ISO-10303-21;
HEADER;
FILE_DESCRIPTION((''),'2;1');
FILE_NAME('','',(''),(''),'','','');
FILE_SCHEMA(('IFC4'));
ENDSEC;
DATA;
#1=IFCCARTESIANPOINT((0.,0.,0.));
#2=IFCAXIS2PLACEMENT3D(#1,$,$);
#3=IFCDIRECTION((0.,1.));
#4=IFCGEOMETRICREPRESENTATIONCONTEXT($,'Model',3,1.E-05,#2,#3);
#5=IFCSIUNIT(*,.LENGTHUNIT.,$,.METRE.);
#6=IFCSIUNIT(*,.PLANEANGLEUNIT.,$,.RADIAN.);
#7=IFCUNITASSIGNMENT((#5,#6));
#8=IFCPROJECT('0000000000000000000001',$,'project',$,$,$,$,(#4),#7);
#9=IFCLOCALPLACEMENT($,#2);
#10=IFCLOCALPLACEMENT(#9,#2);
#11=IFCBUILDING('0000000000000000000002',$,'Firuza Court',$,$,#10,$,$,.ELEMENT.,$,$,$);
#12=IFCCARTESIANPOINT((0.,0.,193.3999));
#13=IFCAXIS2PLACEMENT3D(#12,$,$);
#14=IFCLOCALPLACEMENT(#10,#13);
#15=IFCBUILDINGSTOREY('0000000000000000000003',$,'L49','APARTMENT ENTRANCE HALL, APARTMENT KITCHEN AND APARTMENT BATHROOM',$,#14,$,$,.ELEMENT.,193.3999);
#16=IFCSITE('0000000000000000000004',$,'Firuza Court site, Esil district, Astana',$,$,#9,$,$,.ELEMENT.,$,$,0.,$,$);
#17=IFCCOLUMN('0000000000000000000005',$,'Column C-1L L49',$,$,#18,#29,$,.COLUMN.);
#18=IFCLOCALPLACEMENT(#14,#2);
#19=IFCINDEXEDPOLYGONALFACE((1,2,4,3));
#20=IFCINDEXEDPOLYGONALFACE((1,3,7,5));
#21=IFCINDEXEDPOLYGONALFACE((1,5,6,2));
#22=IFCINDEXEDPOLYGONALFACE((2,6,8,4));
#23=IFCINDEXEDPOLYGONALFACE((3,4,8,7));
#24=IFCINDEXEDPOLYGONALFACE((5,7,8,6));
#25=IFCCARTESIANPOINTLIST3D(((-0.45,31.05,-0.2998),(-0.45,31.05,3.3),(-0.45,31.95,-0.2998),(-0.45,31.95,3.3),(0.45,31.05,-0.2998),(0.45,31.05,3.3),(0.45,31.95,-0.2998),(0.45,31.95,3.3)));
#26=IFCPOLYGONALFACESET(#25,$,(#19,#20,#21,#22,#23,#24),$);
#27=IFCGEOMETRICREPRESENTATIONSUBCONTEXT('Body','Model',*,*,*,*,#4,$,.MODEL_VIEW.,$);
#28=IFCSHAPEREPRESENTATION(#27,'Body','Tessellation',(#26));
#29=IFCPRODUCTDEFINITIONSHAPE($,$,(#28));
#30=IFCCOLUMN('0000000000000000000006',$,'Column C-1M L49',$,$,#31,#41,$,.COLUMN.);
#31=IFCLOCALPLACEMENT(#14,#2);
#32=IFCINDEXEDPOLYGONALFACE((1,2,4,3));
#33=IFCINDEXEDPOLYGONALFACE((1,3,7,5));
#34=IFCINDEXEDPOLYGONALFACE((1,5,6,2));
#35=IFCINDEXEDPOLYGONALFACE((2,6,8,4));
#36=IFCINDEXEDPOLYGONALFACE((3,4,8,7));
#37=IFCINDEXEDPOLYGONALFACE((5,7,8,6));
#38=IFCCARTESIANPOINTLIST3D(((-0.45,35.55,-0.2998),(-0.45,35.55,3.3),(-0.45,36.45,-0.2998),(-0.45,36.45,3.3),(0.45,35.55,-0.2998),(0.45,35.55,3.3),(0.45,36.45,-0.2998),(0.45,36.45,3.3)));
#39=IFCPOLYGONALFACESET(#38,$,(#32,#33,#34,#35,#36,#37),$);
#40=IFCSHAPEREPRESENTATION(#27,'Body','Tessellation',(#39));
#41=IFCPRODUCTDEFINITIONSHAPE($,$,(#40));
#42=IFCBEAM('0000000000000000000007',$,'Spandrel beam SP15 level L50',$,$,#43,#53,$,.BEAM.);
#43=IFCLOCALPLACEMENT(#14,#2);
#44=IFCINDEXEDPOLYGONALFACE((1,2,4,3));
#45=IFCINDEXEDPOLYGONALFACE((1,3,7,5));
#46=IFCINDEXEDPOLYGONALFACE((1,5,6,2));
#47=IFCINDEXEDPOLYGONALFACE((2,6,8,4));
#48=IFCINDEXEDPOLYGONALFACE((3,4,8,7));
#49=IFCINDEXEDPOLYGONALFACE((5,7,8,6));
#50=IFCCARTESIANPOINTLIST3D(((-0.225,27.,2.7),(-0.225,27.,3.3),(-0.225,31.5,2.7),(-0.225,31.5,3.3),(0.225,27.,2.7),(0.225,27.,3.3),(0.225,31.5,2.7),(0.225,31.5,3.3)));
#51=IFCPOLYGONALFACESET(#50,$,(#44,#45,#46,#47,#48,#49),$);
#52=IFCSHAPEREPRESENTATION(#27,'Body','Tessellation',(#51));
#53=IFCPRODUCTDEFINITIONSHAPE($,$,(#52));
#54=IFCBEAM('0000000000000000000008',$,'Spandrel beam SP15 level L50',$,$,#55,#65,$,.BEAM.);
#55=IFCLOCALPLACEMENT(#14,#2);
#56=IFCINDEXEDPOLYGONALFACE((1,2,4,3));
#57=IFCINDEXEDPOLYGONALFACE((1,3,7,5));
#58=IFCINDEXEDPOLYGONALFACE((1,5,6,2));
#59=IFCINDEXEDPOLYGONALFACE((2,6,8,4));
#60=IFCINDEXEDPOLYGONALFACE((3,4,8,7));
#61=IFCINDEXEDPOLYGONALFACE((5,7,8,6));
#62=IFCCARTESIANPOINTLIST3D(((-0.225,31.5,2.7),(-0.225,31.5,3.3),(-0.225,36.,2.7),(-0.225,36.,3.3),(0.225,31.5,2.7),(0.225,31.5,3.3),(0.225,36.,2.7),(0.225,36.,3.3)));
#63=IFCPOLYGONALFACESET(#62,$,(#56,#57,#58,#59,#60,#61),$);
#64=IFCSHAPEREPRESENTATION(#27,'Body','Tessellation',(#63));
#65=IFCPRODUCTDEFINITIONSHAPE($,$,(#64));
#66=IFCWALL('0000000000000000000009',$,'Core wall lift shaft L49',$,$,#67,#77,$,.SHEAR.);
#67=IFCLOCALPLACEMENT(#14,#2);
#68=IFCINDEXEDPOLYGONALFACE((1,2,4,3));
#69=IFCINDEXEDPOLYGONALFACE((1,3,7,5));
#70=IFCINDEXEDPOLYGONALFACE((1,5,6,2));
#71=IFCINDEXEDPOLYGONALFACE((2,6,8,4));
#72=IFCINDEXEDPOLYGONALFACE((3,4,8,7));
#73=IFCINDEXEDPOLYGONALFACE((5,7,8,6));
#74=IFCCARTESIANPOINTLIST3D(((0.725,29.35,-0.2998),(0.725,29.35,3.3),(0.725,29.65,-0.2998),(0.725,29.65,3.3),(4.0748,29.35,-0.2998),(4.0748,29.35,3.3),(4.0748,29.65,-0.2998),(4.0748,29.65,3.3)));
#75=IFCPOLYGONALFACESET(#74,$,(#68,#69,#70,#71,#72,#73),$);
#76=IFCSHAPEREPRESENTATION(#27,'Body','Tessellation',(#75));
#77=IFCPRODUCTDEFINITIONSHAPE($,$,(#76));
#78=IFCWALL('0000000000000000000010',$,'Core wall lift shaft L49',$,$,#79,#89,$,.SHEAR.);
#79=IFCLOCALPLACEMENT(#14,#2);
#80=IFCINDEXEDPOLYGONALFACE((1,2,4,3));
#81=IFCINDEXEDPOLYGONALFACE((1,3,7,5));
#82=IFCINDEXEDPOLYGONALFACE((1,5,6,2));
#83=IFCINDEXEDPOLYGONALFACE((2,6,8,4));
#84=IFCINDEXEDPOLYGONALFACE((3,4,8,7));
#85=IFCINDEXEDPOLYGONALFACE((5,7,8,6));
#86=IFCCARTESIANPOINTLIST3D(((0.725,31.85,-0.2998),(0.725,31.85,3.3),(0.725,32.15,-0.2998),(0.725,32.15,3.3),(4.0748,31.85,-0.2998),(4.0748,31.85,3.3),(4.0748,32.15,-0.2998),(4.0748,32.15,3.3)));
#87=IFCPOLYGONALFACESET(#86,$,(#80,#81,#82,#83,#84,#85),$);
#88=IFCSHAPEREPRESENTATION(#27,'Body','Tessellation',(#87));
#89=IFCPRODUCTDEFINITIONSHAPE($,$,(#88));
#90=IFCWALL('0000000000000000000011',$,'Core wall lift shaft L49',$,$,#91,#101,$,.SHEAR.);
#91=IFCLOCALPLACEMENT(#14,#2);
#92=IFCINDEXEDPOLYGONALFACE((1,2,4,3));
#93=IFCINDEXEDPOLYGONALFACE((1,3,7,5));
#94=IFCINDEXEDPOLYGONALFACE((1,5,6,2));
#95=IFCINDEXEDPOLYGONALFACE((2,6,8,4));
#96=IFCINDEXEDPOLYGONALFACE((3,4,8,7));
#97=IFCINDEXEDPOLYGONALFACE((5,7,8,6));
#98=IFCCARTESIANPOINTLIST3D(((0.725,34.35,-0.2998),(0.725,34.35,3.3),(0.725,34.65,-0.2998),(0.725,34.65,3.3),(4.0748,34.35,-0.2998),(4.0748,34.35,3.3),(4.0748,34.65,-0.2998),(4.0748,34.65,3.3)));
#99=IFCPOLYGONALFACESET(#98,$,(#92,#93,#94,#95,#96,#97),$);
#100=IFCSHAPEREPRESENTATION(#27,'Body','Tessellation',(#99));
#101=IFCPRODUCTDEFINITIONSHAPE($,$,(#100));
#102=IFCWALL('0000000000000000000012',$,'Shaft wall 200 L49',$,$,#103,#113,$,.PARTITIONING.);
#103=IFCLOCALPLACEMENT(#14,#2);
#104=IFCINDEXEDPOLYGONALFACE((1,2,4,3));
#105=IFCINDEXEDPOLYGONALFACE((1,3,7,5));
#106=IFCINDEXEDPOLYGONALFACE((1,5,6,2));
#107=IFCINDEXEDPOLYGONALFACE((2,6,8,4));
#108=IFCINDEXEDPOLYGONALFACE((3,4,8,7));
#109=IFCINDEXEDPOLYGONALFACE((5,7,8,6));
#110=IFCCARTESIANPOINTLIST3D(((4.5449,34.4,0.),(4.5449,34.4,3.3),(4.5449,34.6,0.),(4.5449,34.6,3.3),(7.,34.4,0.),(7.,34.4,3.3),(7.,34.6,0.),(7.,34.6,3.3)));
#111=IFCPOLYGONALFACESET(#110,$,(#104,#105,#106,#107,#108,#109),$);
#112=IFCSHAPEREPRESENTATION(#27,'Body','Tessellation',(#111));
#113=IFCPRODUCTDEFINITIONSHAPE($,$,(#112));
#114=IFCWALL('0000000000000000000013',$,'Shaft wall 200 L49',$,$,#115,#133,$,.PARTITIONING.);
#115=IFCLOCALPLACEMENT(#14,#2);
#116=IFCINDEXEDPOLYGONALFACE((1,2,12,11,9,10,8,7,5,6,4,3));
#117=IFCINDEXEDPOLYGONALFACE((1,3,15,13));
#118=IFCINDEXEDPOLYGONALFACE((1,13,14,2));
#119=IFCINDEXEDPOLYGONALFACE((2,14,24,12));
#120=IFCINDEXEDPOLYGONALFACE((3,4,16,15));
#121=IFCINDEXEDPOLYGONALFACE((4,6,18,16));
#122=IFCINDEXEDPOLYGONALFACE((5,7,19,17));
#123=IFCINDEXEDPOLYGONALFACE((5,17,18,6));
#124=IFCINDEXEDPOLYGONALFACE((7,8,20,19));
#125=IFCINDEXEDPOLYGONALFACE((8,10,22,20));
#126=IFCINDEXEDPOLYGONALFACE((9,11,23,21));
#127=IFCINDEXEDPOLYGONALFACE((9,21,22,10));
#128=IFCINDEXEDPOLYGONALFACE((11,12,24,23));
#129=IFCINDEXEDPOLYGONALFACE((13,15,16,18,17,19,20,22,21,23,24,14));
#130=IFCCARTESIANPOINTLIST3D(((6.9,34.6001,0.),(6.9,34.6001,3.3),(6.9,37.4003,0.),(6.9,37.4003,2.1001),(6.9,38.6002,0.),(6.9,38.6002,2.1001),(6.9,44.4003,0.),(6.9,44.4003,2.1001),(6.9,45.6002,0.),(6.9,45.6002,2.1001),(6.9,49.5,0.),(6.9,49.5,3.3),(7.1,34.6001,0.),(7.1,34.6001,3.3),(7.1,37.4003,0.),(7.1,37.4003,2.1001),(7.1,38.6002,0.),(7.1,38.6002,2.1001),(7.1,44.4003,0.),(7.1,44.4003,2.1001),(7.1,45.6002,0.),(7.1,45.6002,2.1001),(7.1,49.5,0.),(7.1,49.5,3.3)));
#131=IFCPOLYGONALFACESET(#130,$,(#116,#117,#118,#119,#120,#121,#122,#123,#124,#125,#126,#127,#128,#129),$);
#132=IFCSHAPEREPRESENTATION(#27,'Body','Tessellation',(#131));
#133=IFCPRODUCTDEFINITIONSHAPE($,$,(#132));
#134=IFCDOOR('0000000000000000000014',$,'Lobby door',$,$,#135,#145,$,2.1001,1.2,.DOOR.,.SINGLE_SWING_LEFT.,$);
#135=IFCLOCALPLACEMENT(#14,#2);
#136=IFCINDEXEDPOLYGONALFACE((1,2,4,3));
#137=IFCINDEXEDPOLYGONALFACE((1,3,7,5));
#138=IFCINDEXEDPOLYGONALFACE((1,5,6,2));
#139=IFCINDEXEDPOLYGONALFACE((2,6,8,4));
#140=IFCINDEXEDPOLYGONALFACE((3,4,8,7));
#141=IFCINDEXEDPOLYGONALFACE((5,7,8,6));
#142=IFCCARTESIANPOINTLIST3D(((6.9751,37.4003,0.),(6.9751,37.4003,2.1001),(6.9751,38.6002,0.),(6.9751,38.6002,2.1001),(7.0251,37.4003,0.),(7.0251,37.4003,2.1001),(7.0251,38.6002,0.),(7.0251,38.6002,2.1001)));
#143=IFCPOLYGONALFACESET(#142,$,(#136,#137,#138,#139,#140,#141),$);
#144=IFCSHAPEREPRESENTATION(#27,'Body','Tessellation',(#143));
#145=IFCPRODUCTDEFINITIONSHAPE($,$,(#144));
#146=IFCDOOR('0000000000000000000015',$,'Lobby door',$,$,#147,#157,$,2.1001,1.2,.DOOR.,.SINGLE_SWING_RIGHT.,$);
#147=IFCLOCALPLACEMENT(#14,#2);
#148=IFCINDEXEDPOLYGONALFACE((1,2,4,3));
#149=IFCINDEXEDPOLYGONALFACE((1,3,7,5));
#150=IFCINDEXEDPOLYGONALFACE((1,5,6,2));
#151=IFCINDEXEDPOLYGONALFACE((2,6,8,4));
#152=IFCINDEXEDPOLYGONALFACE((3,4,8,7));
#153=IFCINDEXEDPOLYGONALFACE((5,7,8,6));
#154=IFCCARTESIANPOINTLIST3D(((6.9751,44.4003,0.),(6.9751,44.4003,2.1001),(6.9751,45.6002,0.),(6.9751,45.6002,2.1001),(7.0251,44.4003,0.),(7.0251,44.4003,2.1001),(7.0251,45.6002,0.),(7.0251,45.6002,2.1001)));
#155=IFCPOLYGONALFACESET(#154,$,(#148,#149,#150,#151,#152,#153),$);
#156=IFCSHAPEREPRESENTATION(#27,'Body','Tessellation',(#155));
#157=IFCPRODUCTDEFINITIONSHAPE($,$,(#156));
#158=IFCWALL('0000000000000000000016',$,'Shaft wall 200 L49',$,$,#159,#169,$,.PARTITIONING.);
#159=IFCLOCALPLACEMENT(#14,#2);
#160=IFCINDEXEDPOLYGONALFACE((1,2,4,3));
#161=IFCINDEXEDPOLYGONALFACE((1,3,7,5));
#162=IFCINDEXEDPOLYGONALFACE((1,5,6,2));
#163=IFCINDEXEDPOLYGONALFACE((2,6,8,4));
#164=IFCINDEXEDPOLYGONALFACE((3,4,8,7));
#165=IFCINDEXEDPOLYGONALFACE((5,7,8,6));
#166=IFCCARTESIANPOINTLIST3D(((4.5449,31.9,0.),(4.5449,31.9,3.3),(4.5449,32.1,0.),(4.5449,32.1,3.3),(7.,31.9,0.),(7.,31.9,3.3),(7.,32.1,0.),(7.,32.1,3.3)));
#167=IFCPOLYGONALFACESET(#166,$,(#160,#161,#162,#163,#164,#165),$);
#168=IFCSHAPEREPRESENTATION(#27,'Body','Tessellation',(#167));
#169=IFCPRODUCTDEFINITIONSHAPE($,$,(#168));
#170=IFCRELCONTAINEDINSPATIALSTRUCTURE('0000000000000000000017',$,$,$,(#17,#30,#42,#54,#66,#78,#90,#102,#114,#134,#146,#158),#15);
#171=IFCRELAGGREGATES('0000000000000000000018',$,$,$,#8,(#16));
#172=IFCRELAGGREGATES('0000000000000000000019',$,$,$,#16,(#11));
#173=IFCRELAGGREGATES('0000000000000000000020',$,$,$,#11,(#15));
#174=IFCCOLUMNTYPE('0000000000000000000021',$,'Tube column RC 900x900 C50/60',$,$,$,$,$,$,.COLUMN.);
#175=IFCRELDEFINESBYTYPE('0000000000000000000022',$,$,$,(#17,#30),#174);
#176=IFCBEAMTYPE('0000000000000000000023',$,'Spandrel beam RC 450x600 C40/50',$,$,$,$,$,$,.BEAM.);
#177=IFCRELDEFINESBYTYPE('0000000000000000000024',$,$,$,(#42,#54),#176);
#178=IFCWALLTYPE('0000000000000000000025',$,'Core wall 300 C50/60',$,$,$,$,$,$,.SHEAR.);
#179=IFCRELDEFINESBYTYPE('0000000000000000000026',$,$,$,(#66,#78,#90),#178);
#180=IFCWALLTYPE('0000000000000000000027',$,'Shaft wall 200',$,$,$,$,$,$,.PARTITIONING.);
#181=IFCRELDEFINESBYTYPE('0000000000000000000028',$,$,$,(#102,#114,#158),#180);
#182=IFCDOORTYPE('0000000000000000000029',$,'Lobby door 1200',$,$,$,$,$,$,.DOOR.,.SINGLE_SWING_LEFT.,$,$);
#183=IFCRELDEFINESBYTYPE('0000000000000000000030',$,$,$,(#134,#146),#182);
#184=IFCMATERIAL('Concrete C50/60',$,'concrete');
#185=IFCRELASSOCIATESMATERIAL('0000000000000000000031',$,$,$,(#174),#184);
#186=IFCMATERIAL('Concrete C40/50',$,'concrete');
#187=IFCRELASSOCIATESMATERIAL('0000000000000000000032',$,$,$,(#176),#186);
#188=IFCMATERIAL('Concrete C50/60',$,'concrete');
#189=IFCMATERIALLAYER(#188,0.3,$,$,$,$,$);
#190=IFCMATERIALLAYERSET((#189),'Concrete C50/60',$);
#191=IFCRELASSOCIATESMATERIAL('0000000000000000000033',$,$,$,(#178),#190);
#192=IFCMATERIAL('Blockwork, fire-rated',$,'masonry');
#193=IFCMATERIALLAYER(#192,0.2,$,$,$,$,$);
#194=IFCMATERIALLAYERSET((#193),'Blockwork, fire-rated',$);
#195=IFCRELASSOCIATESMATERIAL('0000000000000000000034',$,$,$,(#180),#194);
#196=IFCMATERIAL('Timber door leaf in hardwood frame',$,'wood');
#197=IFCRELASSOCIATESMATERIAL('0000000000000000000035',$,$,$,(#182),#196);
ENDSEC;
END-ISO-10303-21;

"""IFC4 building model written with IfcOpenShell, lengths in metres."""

from ifc_helpers import new_model, si_unit, direction, frame, frame_2d, origin, origin_2d, place, context, subcontext, project, spatial, rectangle, extrude, material, layer, layer_set, material_profile, profile_set, type_object, element, fill, save


model = new_model("IFC4")

# Units and contexts
model_context = context("Model", 3, precision=1e-05, world=origin(), true_north=direction((0.0, 1.0)))
body_context = subcontext(model_context, "Body", "Model", "MODEL_VIEW")
ifc_project = project(units=[si_unit("LENGTHUNIT", "METRE"), si_unit("PLANEANGLEUNIT", "RADIAN")], contexts=[model_context])

# Site, building, storey
site_placement = place(None, origin())
site = spatial("IfcSite", under=ifc_project, at=site_placement, Name="Firuza Court site, Esil district, Astana", CompositionType="ELEMENT", RefElevation=0.0)
building_placement = place(site_placement, origin())
building = spatial("IfcBuilding", under=site, at=building_placement, Name="Firuza Court", CompositionType="ELEMENT")
storey_placement = place(building_placement, frame((0.0, 0.0, 193.3999)))
storey = spatial("IfcBuildingStorey", under=building, at=storey_placement, Name="L49", Description="APARTMENT ENTRANCE HALL, APARTMENT KITCHEN AND APARTMENT BATHROOM", CompositionType="ELEMENT", Elevation=193.3999)

# Columns
ifc_material_1 = material(Name="Concrete C50/60", Category="concrete")
ifc_material_profile_1 = material_profile(ifc_material_1, rectangle(XDim=0.8999, YDim=0.8999, at=origin_2d()), Name="RC 900x900")
ifc_profile_set_1 = profile_set([ifc_material_profile_1], Name="Concrete C50/60")
column_type = type_object("IfcColumnType", Name="Tube column RC 900x900 C50/60", PredefinedType="COLUMN", material=ifc_profile_set_1)
for number, where, z_axis, x_axis, name in (
    (1, (0.0, 31.5, -0.2998), (0.0, 0.0, 1.0), (1.0, 0.0, 0.0), "Column C-1L L49"),
    (2, (0.0, 36.0, -0.2998), (0.0, 0.0, 1.0), (1.0, 0.0, 0.0), "Column C-1M L49"),
):
    element("IfcColumn", number, at=place(storey_placement, frame(where, z_axis=z_axis, x_axis=x_axis)), inside=storey, type_object=column_type, Name=name, PredefinedType="COLUMN", context=body_context, shape_type="SweptSolid", body=[
        extrude(rectangle(XDim=0.8999, YDim=0.8999, at=origin_2d()), origin(), (0.0, 0.0, 1.0), 3.5999),
    ])

# Beams
ifc_material_2 = material(Name="Concrete C40/50", Category="concrete")
ifc_material_profile_2 = material_profile(ifc_material_2, rectangle(XDim=0.45, YDim=0.6001, at=origin_2d()), Name="RC 450x600")
ifc_profile_set_2 = profile_set([ifc_material_profile_2], Name="Concrete C40/50")
beam_type = type_object("IfcBeamType", Name="Spandrel beam RC 450x600 C40/50", PredefinedType="BEAM", material=ifc_profile_set_2)
for number, where, z_axis, x_axis, name in (
    (3, (0.0, 31.5, 3.0), (0.0, -1.0, 0.0), (1.0, 0.0, 0.0), "Spandrel beam SP15 level L50"),
    (4, (0.0, 36.0, 3.0), (0.0, -1.0, 0.0), (1.0, 0.0, 0.0), "Spandrel beam SP15 level L50"),
):
    element("IfcBeam", number, at=place(storey_placement, frame(where, z_axis=z_axis, x_axis=x_axis)), inside=storey, type_object=beam_type, Name=name, PredefinedType="BEAM", context=body_context, shape_type="SweptSolid", body=[
        extrude(rectangle(XDim=0.45, YDim=0.6001, at=origin_2d()), origin(), (0.0, 0.0, 1.0), 4.5),
    ])

# Walls
ifc_material_3 = material(Name="Concrete C50/60", Category="concrete")
ifc_layer_1 = layer(ifc_material_3, 0.3)
ifc_layer_set_1 = layer_set([ifc_layer_1], Name="Concrete C50/60")
wall_type_1 = type_object("IfcWallType", Name="Core wall 300 C50/60", PredefinedType="SHEAR", material=ifc_layer_set_1)
for number, where, z_axis, x_axis, name in (
    (5, (0.7251, 29.5, -0.2998), (0.0, 0.0, 1.0), (1.0, 0.0, 0.0), "Core wall lift shaft L49"),
    (6, (0.7251, 32.0, -0.2998), (0.0, 0.0, 1.0), (1.0, 0.0, 0.0), "Core wall lift shaft L49"),
    (7, (0.7251, 34.5, -0.2998), (0.0, 0.0, 1.0), (1.0, 0.0, 0.0), "Core wall lift shaft L49"),
):
    element("IfcWall", number, at=place(storey_placement, frame(where, z_axis=z_axis, x_axis=x_axis)), inside=storey, type_object=wall_type_1, Name=name, PredefinedType="SHEAR", context=body_context, shape_type="SweptSolid", body=[
        extrude(rectangle(XDim=3.3499, YDim=0.3, at=frame_2d((1.6748, 0.0))), origin(), (0.0, 0.0, 1.0), 3.5999),
    ])
ifc_material_4 = material(Name="Blockwork, fire-rated", Category="masonry")
ifc_layer_2 = layer(ifc_material_4, 0.2)
ifc_layer_set_2 = layer_set([ifc_layer_2], Name="Blockwork, fire-rated")
wall_type_2 = type_object("IfcWallType", Name="Shaft wall 200", PredefinedType="PARTITIONING", material=ifc_layer_set_2)
wall_1_placement = place(storey_placement, frame((4.5449, 34.5, 0.0), z_axis=(0.0, 0.0, 1.0), x_axis=(1.0, 0.0, 0.0)))
element("IfcWall", 8, at=wall_1_placement, inside=storey, type_object=wall_type_2, Name="Shaft wall 200 L49", PredefinedType="PARTITIONING", context=body_context, shape_type="SweptSolid", body=[
    extrude(rectangle(XDim=2.4551, YDim=0.2, at=frame_2d((1.2275, 0.0))), origin(), (0.0, 0.0, 1.0), 3.3),
])

# Wall, openings, doors
wall_2_placement = place(storey_placement, frame((7.0, 34.6001, 0.0), z_axis=(0.0, 0.0, 1.0), x_axis=(0.0, 1.0, 0.0)))
wall_2 = element("IfcWall", 9, at=wall_2_placement, inside=storey, type_object=wall_type_2, Name="Shaft wall 200 L49", PredefinedType="PARTITIONING", context=body_context, shape_type="SweptSolid", body=[
    extrude(rectangle(XDim=14.8999, YDim=0.2, at=frame_2d((7.45, 0.0))), origin(), (0.0, 0.0, 1.0), 3.3),
])
opening_1_placement = place(wall_2_placement, frame((2.8, 0.0, 0.0)))
opening_1 = element("IfcOpeningElement", 10, at=opening_1_placement, cuts=wall_2, PredefinedType="OPENING", context=body_context, shape_type="SweptSolid", body=[
    extrude(rectangle(XDim=1.2, YDim=2.1001, at=frame_2d((0.6001, 1.05))), frame((0.0, 0.1118, 0.0), z_axis=(0.0, -1.0, 0.0), x_axis=(1.0, 0.0, 0.0)), (0.0, 0.0, 1.0), 0.2239),
])
opening_2_placement = place(wall_2_placement, frame((9.8, 0.0, 0.0)))
opening_2 = element("IfcOpeningElement", 11, at=opening_2_placement, cuts=wall_2, PredefinedType="OPENING", context=body_context, shape_type="SweptSolid", body=[
    extrude(rectangle(XDim=1.2, YDim=2.1001, at=frame_2d((0.6001, 1.05))), frame((0.0, 0.1118, 0.0), z_axis=(0.0, -1.0, 0.0), x_axis=(1.0, 0.0, 0.0)), (0.0, 0.0, 1.0), 0.2239),
])
ifc_material_5 = material(Name="Timber door leaf in hardwood frame", Category="wood")
door_type = type_object("IfcDoorType", Name="Lobby door 1200", OperationType="SINGLE_SWING_LEFT", PredefinedType="DOOR", material=ifc_material_5)
door_1_placement = place(opening_1_placement, origin())
door_1 = element("IfcDoor", 12, at=door_1_placement, inside=storey, type_object=door_type, Name="Lobby door", OperationType="SINGLE_SWING_LEFT", OverallHeight=2.1001, OverallWidth=1.2, PredefinedType="DOOR", context=body_context, shape_type="SweptSolid", body=[
    extrude(rectangle(XDim=1.2, YDim=2.1001, at=frame_2d((0.6001, 1.05))), frame((0.0, 0.0249, 0.0), z_axis=(0.0, -1.0, 0.0), x_axis=(1.0, 0.0, 0.0)), (0.0, 0.0, 1.0), 0.05),
])
fill(opening_1, door_1)
door_2_placement = place(opening_2_placement, origin())
door_2 = element("IfcDoor", 13, at=door_2_placement, inside=storey, type_object=door_type, Name="Lobby door", OperationType="SINGLE_SWING_RIGHT", OverallHeight=2.1001, OverallWidth=1.2, PredefinedType="DOOR", context=body_context, shape_type="SweptSolid", body=[
    extrude(rectangle(XDim=1.2, YDim=2.1001, at=frame_2d((0.6001, 1.05))), frame((0.0, 0.0249, 0.0), z_axis=(0.0, -1.0, 0.0), x_axis=(1.0, 0.0, 0.0)), (0.0, 0.0, 1.0), 0.05),
])
fill(opening_2, door_2)

# Wall
wall_3_placement = place(storey_placement, frame((4.5449, 32.0, 0.0), z_axis=(0.0, 0.0, 1.0), x_axis=(1.0, 0.0, 0.0)))
element("IfcWall", 14, at=wall_3_placement, inside=storey, type_object=wall_type_2, Name="Shaft wall 200 L49", PredefinedType="PARTITIONING", context=body_context, shape_type="SweptSolid", body=[
    extrude(rectangle(XDim=2.4551, YDim=0.2, at=frame_2d((1.2275, 0.0))), origin(), (0.0, 0.0, 1.0), 3.3),
])

save(model, "model.ifc")
